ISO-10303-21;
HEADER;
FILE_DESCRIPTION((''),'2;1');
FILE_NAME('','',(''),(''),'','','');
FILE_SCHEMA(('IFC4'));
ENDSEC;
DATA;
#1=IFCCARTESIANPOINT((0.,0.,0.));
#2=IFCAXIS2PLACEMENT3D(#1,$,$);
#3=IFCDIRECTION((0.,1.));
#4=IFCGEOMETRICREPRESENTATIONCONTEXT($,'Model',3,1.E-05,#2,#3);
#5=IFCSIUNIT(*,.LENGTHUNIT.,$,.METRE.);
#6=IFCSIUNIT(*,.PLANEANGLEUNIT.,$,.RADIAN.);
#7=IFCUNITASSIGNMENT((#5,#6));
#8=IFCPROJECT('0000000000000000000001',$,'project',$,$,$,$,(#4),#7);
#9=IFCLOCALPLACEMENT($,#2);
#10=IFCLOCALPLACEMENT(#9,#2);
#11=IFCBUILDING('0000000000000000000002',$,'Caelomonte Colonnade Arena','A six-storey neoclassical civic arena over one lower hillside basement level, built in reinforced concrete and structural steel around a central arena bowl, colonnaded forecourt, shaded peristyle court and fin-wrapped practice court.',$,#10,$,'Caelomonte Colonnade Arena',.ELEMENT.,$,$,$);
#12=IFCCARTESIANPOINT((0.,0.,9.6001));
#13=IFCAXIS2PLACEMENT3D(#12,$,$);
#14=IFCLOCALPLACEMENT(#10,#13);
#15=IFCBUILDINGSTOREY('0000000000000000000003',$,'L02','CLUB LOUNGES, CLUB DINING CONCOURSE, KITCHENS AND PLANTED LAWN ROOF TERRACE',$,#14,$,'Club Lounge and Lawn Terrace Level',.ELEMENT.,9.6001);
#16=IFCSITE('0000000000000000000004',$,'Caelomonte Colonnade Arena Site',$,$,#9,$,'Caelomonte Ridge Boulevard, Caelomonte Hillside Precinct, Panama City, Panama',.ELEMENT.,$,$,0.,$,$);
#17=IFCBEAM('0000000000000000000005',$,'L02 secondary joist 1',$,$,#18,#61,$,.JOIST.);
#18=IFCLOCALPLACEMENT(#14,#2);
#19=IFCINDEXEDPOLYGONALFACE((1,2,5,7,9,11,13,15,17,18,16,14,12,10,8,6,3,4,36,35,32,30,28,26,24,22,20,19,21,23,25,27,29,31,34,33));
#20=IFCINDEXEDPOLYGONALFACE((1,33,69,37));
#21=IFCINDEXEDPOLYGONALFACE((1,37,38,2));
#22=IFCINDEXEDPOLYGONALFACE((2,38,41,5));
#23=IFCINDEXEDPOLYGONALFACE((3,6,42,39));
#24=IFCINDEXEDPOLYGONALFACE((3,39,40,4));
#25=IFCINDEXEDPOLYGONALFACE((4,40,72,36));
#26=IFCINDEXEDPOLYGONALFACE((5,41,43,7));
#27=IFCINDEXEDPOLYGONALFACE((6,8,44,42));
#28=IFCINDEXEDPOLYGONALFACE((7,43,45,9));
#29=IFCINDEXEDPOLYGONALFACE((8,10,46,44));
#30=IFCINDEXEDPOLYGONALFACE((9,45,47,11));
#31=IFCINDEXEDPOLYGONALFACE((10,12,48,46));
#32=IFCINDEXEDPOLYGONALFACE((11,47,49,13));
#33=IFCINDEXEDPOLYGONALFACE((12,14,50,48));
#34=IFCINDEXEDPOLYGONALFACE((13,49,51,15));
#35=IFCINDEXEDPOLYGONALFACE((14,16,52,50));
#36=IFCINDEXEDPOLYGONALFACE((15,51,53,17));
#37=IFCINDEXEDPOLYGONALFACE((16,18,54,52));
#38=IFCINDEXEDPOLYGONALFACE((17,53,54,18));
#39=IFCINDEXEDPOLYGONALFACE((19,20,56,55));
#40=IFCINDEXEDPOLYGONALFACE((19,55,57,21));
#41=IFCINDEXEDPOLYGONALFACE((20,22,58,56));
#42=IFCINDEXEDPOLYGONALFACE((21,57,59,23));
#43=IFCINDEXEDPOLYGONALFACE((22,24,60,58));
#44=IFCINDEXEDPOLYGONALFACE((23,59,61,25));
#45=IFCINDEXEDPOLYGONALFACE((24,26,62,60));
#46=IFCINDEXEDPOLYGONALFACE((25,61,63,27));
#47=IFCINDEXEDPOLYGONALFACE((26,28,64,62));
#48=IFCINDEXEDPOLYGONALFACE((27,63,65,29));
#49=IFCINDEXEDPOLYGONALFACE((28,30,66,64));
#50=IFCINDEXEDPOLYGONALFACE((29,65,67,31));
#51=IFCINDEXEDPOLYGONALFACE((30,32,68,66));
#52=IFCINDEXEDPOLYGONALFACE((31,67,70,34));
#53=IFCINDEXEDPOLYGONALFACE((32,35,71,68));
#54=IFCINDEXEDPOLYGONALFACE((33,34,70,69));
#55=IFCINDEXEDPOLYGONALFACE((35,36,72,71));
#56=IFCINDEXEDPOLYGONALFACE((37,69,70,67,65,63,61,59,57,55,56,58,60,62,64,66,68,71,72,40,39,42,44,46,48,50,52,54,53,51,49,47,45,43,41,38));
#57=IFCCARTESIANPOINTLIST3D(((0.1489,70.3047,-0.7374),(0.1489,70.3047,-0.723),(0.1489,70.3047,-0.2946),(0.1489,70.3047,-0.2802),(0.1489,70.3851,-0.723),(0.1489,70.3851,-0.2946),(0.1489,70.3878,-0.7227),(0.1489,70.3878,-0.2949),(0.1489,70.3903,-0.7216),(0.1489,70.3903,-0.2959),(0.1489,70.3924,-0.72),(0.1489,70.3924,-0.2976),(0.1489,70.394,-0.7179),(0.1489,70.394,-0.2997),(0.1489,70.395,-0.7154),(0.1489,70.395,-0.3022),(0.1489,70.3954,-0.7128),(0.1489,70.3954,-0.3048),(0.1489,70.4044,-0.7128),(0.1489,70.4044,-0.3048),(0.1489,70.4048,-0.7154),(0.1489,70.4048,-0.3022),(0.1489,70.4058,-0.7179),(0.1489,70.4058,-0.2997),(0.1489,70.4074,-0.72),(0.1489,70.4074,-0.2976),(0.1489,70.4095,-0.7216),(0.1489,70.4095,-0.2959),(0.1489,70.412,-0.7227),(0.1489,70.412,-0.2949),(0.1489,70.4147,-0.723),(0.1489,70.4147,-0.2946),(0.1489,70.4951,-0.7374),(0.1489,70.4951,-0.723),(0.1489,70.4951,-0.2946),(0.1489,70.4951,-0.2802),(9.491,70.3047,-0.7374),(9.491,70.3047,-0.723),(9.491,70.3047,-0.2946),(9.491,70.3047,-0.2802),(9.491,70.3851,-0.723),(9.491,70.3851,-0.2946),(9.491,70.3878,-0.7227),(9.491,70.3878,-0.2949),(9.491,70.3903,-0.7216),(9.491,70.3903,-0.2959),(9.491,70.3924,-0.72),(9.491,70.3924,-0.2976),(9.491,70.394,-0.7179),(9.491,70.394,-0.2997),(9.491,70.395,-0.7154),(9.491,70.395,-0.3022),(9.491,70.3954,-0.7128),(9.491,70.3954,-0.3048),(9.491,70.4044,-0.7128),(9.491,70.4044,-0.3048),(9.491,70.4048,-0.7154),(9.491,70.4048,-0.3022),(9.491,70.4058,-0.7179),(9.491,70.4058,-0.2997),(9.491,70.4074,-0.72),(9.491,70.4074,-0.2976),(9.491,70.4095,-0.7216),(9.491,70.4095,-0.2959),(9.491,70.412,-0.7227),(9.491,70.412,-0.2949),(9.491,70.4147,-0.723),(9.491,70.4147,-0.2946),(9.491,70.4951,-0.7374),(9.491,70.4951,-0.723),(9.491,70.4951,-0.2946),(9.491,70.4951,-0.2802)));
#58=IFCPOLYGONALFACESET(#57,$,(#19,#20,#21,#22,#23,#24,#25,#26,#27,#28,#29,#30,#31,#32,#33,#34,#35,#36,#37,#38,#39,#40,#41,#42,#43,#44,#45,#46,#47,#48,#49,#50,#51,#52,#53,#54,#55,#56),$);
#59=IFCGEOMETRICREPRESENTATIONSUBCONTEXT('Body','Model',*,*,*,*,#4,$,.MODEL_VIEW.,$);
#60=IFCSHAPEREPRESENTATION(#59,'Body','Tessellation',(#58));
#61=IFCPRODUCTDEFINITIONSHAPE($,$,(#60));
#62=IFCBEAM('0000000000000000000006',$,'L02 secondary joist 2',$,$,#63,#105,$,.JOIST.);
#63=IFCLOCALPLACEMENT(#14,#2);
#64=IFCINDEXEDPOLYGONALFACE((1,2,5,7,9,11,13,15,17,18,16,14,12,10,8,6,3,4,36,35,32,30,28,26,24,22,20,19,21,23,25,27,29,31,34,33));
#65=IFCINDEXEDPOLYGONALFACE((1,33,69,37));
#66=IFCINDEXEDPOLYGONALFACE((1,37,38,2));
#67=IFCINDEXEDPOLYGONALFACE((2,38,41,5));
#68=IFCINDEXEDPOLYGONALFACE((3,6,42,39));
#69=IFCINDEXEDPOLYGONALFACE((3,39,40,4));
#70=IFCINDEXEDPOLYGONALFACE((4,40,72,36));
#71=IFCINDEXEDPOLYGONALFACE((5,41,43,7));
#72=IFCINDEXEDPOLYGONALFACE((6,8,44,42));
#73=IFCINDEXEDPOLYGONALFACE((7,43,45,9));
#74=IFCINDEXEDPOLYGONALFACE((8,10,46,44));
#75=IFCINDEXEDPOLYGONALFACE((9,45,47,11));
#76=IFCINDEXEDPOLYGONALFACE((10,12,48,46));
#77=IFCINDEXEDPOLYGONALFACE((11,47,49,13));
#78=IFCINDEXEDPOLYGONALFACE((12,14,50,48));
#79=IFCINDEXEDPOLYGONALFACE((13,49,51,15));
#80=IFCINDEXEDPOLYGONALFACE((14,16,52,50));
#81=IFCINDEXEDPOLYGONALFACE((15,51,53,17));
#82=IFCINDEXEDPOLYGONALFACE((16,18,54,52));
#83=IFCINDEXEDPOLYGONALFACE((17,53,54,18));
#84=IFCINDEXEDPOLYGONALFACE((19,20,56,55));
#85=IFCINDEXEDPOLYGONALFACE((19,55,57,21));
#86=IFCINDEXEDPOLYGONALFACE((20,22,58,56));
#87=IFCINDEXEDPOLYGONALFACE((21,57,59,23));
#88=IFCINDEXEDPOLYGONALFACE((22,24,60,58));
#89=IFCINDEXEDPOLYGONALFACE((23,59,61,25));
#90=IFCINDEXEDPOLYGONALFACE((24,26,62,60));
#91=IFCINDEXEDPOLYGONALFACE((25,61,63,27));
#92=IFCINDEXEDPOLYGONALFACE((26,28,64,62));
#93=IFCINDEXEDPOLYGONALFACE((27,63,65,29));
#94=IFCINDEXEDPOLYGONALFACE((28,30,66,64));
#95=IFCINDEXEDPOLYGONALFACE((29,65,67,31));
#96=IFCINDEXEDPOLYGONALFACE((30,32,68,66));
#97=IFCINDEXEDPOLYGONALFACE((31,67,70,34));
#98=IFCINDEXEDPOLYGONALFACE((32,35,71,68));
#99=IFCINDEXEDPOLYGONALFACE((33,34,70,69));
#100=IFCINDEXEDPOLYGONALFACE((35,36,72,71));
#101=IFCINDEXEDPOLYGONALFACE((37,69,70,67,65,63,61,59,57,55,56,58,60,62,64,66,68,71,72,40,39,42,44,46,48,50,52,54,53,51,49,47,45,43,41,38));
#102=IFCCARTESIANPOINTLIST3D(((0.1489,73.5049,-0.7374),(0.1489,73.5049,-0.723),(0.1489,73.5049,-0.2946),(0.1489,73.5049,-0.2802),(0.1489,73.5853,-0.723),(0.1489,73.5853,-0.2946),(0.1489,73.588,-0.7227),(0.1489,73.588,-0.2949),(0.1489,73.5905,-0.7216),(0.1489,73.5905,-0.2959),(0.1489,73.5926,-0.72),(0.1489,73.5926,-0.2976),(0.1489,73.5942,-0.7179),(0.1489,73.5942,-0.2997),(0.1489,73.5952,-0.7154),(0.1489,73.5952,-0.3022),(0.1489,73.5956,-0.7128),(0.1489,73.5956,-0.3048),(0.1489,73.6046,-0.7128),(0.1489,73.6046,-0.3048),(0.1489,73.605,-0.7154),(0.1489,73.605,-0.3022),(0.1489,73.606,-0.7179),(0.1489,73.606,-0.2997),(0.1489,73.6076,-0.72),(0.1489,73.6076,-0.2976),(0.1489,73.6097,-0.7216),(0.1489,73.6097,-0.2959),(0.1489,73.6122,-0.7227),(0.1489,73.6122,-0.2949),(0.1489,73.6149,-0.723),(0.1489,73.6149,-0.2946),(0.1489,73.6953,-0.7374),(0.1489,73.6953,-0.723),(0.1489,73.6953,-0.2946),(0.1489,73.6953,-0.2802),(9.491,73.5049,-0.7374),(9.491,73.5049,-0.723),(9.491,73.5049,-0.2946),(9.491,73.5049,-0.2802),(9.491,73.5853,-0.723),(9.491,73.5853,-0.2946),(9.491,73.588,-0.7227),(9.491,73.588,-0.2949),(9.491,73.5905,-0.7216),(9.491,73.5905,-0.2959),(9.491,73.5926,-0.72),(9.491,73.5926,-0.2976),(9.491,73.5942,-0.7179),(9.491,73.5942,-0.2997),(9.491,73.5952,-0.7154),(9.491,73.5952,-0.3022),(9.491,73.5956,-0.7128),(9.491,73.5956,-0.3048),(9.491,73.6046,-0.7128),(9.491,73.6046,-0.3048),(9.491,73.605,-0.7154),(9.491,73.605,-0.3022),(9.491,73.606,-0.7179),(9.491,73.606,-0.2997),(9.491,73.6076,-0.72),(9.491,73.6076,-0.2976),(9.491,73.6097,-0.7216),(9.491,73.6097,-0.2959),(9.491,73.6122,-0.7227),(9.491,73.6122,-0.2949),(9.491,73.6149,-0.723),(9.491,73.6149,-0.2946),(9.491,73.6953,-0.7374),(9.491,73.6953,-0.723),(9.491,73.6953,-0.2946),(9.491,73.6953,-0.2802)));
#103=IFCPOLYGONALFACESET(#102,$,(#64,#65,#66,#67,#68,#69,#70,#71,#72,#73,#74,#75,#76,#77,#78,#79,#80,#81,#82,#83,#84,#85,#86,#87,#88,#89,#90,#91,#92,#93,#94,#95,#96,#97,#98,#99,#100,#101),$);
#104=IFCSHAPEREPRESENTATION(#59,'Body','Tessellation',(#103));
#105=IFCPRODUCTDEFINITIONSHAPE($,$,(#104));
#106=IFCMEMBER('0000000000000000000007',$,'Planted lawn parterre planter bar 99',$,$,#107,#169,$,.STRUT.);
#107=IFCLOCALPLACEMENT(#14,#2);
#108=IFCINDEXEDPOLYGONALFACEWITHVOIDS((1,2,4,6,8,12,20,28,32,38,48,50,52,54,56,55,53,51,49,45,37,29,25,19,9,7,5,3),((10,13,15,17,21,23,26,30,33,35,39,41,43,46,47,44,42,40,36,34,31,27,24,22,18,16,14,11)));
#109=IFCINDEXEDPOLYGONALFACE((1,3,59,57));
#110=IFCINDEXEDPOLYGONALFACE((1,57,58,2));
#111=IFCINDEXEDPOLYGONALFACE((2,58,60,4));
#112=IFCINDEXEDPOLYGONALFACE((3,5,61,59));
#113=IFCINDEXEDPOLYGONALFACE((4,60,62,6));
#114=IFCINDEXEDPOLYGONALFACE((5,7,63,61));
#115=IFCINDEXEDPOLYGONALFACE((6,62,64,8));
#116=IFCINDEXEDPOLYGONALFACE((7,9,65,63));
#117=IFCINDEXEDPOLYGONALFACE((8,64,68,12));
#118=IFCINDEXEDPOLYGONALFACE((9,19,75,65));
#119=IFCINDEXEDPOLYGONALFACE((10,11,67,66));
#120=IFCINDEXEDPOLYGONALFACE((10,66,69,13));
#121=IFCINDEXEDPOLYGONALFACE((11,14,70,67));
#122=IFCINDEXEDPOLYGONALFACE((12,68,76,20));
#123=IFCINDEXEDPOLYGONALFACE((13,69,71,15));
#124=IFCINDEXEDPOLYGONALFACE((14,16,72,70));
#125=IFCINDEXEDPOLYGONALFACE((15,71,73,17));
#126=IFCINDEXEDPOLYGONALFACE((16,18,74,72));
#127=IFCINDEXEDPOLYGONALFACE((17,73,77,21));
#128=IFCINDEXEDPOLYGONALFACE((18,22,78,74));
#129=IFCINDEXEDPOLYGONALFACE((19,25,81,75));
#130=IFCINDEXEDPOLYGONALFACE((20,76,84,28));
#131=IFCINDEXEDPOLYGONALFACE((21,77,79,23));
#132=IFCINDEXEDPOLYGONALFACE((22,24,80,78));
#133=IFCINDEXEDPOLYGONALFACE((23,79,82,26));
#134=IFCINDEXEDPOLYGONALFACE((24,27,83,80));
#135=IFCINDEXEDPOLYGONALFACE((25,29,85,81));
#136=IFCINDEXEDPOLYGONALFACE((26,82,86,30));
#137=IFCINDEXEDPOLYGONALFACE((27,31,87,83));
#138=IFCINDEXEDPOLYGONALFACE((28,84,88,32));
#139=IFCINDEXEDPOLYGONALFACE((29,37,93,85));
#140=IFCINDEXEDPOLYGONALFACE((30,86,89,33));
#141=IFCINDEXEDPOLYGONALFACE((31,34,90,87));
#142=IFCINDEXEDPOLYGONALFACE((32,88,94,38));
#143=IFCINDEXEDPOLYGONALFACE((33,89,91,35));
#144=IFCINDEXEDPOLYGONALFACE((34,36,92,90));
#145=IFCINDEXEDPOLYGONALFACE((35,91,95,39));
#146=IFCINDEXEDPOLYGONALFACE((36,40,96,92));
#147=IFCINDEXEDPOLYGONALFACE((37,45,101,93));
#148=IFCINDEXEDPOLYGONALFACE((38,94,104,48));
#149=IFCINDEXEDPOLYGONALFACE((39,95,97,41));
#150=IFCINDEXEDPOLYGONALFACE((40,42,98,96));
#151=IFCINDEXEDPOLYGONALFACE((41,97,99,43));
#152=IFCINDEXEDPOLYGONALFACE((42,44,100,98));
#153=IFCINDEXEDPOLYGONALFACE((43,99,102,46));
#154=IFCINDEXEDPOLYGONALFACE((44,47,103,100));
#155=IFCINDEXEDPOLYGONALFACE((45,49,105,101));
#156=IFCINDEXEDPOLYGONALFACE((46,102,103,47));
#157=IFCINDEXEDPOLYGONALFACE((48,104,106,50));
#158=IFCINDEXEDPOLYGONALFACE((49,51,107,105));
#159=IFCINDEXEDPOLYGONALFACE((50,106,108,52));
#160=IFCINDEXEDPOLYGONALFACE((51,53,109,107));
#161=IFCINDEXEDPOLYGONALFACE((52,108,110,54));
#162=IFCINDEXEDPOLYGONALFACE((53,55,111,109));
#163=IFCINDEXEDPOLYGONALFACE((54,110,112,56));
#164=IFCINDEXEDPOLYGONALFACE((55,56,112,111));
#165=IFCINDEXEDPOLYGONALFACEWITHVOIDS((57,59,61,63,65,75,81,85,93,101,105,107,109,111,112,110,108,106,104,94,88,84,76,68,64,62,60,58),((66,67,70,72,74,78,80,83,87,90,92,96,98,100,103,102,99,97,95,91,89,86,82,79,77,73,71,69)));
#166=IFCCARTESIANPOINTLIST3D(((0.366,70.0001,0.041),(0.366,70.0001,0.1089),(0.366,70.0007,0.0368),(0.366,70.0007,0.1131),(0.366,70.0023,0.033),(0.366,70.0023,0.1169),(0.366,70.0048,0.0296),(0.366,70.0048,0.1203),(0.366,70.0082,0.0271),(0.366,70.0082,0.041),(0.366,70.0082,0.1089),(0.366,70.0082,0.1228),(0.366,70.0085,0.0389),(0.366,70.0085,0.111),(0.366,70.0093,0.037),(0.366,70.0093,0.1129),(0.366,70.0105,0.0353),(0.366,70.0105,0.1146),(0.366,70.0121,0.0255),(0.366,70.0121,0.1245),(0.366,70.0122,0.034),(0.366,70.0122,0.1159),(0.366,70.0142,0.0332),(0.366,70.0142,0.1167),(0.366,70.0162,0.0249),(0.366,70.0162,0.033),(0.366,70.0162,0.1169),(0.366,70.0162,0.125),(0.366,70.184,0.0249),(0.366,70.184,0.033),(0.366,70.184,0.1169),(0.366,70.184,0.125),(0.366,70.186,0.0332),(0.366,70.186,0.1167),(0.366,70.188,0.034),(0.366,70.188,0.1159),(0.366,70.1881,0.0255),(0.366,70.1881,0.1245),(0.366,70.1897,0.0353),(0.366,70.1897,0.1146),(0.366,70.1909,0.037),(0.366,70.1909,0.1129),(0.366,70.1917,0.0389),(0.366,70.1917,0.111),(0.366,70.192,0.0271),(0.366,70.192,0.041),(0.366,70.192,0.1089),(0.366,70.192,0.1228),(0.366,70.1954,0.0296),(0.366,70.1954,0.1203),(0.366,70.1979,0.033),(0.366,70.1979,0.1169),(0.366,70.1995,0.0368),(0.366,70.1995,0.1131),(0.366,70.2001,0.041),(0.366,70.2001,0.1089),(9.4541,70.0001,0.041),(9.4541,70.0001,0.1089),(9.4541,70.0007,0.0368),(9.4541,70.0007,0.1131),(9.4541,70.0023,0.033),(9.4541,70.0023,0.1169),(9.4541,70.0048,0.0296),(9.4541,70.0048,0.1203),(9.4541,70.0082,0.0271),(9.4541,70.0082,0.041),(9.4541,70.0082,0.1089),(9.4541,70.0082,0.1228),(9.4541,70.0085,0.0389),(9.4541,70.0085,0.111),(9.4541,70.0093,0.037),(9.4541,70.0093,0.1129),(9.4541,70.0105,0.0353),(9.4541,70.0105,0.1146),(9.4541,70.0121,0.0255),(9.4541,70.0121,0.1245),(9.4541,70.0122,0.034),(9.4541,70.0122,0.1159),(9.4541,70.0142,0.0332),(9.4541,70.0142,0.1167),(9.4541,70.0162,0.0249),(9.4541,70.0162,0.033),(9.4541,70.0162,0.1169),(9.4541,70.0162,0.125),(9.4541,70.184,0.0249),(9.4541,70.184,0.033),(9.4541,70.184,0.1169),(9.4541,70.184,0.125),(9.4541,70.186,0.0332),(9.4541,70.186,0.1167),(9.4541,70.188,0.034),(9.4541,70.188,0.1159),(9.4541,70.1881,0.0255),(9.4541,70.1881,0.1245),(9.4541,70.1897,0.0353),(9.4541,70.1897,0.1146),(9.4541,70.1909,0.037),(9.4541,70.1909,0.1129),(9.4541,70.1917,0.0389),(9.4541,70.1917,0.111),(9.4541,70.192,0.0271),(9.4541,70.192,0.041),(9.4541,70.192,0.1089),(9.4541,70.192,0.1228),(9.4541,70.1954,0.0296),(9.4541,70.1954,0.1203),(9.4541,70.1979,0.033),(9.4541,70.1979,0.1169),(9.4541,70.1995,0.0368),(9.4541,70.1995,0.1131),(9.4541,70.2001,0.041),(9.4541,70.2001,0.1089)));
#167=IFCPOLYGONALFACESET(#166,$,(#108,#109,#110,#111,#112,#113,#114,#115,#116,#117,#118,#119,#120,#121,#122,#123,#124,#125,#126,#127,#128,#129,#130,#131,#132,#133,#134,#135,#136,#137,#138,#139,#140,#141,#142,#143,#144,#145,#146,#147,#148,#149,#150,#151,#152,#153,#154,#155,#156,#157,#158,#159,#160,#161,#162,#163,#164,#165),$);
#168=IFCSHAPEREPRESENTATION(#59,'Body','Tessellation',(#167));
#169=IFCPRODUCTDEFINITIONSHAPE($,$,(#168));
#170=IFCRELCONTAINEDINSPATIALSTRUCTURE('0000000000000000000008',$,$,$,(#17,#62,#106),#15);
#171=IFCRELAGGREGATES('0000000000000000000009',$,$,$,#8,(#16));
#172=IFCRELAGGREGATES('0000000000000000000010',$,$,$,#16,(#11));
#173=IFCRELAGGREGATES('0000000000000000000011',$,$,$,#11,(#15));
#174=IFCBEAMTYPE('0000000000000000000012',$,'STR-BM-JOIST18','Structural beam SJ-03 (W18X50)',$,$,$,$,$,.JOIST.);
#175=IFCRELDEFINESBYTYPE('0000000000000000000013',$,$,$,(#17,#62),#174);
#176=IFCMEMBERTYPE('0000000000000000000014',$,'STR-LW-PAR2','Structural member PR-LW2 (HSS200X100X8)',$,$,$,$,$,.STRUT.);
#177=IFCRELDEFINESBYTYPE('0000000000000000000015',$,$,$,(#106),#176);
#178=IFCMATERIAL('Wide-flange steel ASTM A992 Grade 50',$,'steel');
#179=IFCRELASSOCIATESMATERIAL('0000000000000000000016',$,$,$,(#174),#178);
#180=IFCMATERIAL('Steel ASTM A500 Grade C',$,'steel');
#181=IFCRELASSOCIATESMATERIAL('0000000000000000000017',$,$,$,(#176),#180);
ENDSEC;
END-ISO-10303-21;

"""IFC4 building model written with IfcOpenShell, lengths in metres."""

from ifc_helpers import new_model, si_unit, direction, frame, origin, origin_2d, place, context, subcontext, project, spatial, hollow_rectangle, i_section, extrude, material, material_profile, profile_set, type_object, element, save


model = new_model("IFC4")

# Units and contexts
model_context = context("Model", 3, precision=1e-05, world=origin(), true_north=direction((0.0, 1.0)))
body_context = subcontext(model_context, "Body", "Model", "MODEL_VIEW")
ifc_project = project(units=[si_unit("LENGTHUNIT", "METRE"), si_unit("PLANEANGLEUNIT", "RADIAN")], contexts=[model_context])

# Site, building, storey
site_placement = place(None, origin())
site = spatial("IfcSite", under=ifc_project, at=site_placement, Name="Caelomonte Colonnade Arena Site", LongName="Caelomonte Ridge Boulevard, Caelomonte Hillside Precinct, Panama City, Panama", CompositionType="ELEMENT", RefElevation=0.0)
building_placement = place(site_placement, origin())
building = spatial("IfcBuilding", under=site, at=building_placement, Name="Caelomonte Colonnade Arena", Description="A six-storey neoclassical civic arena over one lower hillside basement level, built in reinforced concrete and structural steel around a central arena bowl, colonnaded forecourt, shaded peristyle court and fin-wrapped practice court.", LongName="Caelomonte Colonnade Arena", CompositionType="ELEMENT")
storey_placement = place(building_placement, frame((0.0, 0.0, 9.6001)))
storey = spatial("IfcBuildingStorey", under=building, at=storey_placement, Name="L02", Description="CLUB LOUNGES, CLUB DINING CONCOURSE, KITCHENS AND PLANTED LAWN ROOF TERRACE", LongName="Club Lounge and Lawn Terrace Level", CompositionType="ELEMENT", Elevation=9.6001)

# Beams
ifc_material_1 = material(Name="Wide-flange steel ASTM A992 Grade 50", Category="steel")
ifc_material_profile_1 = material_profile(ifc_material_1, i_section(OverallWidth=0.1904, OverallDepth=0.4573, WebThickness=0.009, FlangeThickness=0.0144, FilletRadius=0.0103, at=origin_2d()), Name="W18X50")
ifc_profile_set_1 = profile_set([ifc_material_profile_1], Name="Wide-flange steel ASTM A992 Grade 50")
beam_type = type_object("IfcBeamType", Name="STR-BM-JOIST18", Description="Structural beam SJ-03 (W18X50)", PredefinedType="JOIST", material=ifc_profile_set_1)
for number, where, z_axis, x_axis, name in (
    (1, (0.1489, 70.3999, -0.5088), (1.0, 0.0, 0.0), (0.0, 1.0, 0.0), "L02 secondary joist 1"),
    (2, (0.1489, 73.6001, -0.5088), (1.0, 0.0, 0.0), (0.0, 1.0, 0.0), "L02 secondary joist 2"),
):
    element("IfcBeam", number, at=place(storey_placement, frame(where, z_axis=z_axis, x_axis=x_axis)), inside=storey, type_object=beam_type, Name=name, PredefinedType="JOIST", context=body_context, shape_type="SweptSolid", body=[
        extrude(i_section(OverallWidth=0.1904, OverallDepth=0.4573, WebThickness=0.009, FlangeThickness=0.0144, FilletRadius=0.0103, at=origin_2d()), origin(), (0.0, 0.0, 1.0), 9.342),
    ])

# Member
ifc_material_2 = material(Name="Steel ASTM A500 Grade C", Category="steel")
ifc_material_profile_2 = material_profile(ifc_material_2, hollow_rectangle(XDim=0.2, YDim=0.1001, WallThickness=0.0081, InnerFilletRadius=0.0081, OuterFilletRadius=0.0161, at=origin_2d()), Name="HSS200X100X8")
ifc_profile_set_2 = profile_set([ifc_material_profile_2], Name="Steel ASTM A500 Grade C")
member_type = type_object("IfcMemberType", Name="STR-LW-PAR2", Description="Structural member PR-LW2 (HSS200X100X8)", PredefinedType="STRUT", material=ifc_profile_set_2)
for number, where, z_axis, x_axis, name in (
    (3, (0.366, 70.1001, 0.075), (1.0, 0.0, 0.0), (0.0, 1.0, 0.0), "Planted lawn parterre planter bar 99"),
):
    element("IfcMember", number, at=place(storey_placement, frame(where, z_axis=z_axis, x_axis=x_axis)), inside=storey, type_object=member_type, Name=name, PredefinedType="STRUT", context=body_context, shape_type="SweptSolid", body=[
        extrude(hollow_rectangle(XDim=0.2, YDim=0.1001, WallThickness=0.0081, InnerFilletRadius=0.0081, OuterFilletRadius=0.0161, at=origin_2d()), origin(), (0.0, 0.0, 1.0), 9.0881),
    ])

save(model, "model.ifc")
